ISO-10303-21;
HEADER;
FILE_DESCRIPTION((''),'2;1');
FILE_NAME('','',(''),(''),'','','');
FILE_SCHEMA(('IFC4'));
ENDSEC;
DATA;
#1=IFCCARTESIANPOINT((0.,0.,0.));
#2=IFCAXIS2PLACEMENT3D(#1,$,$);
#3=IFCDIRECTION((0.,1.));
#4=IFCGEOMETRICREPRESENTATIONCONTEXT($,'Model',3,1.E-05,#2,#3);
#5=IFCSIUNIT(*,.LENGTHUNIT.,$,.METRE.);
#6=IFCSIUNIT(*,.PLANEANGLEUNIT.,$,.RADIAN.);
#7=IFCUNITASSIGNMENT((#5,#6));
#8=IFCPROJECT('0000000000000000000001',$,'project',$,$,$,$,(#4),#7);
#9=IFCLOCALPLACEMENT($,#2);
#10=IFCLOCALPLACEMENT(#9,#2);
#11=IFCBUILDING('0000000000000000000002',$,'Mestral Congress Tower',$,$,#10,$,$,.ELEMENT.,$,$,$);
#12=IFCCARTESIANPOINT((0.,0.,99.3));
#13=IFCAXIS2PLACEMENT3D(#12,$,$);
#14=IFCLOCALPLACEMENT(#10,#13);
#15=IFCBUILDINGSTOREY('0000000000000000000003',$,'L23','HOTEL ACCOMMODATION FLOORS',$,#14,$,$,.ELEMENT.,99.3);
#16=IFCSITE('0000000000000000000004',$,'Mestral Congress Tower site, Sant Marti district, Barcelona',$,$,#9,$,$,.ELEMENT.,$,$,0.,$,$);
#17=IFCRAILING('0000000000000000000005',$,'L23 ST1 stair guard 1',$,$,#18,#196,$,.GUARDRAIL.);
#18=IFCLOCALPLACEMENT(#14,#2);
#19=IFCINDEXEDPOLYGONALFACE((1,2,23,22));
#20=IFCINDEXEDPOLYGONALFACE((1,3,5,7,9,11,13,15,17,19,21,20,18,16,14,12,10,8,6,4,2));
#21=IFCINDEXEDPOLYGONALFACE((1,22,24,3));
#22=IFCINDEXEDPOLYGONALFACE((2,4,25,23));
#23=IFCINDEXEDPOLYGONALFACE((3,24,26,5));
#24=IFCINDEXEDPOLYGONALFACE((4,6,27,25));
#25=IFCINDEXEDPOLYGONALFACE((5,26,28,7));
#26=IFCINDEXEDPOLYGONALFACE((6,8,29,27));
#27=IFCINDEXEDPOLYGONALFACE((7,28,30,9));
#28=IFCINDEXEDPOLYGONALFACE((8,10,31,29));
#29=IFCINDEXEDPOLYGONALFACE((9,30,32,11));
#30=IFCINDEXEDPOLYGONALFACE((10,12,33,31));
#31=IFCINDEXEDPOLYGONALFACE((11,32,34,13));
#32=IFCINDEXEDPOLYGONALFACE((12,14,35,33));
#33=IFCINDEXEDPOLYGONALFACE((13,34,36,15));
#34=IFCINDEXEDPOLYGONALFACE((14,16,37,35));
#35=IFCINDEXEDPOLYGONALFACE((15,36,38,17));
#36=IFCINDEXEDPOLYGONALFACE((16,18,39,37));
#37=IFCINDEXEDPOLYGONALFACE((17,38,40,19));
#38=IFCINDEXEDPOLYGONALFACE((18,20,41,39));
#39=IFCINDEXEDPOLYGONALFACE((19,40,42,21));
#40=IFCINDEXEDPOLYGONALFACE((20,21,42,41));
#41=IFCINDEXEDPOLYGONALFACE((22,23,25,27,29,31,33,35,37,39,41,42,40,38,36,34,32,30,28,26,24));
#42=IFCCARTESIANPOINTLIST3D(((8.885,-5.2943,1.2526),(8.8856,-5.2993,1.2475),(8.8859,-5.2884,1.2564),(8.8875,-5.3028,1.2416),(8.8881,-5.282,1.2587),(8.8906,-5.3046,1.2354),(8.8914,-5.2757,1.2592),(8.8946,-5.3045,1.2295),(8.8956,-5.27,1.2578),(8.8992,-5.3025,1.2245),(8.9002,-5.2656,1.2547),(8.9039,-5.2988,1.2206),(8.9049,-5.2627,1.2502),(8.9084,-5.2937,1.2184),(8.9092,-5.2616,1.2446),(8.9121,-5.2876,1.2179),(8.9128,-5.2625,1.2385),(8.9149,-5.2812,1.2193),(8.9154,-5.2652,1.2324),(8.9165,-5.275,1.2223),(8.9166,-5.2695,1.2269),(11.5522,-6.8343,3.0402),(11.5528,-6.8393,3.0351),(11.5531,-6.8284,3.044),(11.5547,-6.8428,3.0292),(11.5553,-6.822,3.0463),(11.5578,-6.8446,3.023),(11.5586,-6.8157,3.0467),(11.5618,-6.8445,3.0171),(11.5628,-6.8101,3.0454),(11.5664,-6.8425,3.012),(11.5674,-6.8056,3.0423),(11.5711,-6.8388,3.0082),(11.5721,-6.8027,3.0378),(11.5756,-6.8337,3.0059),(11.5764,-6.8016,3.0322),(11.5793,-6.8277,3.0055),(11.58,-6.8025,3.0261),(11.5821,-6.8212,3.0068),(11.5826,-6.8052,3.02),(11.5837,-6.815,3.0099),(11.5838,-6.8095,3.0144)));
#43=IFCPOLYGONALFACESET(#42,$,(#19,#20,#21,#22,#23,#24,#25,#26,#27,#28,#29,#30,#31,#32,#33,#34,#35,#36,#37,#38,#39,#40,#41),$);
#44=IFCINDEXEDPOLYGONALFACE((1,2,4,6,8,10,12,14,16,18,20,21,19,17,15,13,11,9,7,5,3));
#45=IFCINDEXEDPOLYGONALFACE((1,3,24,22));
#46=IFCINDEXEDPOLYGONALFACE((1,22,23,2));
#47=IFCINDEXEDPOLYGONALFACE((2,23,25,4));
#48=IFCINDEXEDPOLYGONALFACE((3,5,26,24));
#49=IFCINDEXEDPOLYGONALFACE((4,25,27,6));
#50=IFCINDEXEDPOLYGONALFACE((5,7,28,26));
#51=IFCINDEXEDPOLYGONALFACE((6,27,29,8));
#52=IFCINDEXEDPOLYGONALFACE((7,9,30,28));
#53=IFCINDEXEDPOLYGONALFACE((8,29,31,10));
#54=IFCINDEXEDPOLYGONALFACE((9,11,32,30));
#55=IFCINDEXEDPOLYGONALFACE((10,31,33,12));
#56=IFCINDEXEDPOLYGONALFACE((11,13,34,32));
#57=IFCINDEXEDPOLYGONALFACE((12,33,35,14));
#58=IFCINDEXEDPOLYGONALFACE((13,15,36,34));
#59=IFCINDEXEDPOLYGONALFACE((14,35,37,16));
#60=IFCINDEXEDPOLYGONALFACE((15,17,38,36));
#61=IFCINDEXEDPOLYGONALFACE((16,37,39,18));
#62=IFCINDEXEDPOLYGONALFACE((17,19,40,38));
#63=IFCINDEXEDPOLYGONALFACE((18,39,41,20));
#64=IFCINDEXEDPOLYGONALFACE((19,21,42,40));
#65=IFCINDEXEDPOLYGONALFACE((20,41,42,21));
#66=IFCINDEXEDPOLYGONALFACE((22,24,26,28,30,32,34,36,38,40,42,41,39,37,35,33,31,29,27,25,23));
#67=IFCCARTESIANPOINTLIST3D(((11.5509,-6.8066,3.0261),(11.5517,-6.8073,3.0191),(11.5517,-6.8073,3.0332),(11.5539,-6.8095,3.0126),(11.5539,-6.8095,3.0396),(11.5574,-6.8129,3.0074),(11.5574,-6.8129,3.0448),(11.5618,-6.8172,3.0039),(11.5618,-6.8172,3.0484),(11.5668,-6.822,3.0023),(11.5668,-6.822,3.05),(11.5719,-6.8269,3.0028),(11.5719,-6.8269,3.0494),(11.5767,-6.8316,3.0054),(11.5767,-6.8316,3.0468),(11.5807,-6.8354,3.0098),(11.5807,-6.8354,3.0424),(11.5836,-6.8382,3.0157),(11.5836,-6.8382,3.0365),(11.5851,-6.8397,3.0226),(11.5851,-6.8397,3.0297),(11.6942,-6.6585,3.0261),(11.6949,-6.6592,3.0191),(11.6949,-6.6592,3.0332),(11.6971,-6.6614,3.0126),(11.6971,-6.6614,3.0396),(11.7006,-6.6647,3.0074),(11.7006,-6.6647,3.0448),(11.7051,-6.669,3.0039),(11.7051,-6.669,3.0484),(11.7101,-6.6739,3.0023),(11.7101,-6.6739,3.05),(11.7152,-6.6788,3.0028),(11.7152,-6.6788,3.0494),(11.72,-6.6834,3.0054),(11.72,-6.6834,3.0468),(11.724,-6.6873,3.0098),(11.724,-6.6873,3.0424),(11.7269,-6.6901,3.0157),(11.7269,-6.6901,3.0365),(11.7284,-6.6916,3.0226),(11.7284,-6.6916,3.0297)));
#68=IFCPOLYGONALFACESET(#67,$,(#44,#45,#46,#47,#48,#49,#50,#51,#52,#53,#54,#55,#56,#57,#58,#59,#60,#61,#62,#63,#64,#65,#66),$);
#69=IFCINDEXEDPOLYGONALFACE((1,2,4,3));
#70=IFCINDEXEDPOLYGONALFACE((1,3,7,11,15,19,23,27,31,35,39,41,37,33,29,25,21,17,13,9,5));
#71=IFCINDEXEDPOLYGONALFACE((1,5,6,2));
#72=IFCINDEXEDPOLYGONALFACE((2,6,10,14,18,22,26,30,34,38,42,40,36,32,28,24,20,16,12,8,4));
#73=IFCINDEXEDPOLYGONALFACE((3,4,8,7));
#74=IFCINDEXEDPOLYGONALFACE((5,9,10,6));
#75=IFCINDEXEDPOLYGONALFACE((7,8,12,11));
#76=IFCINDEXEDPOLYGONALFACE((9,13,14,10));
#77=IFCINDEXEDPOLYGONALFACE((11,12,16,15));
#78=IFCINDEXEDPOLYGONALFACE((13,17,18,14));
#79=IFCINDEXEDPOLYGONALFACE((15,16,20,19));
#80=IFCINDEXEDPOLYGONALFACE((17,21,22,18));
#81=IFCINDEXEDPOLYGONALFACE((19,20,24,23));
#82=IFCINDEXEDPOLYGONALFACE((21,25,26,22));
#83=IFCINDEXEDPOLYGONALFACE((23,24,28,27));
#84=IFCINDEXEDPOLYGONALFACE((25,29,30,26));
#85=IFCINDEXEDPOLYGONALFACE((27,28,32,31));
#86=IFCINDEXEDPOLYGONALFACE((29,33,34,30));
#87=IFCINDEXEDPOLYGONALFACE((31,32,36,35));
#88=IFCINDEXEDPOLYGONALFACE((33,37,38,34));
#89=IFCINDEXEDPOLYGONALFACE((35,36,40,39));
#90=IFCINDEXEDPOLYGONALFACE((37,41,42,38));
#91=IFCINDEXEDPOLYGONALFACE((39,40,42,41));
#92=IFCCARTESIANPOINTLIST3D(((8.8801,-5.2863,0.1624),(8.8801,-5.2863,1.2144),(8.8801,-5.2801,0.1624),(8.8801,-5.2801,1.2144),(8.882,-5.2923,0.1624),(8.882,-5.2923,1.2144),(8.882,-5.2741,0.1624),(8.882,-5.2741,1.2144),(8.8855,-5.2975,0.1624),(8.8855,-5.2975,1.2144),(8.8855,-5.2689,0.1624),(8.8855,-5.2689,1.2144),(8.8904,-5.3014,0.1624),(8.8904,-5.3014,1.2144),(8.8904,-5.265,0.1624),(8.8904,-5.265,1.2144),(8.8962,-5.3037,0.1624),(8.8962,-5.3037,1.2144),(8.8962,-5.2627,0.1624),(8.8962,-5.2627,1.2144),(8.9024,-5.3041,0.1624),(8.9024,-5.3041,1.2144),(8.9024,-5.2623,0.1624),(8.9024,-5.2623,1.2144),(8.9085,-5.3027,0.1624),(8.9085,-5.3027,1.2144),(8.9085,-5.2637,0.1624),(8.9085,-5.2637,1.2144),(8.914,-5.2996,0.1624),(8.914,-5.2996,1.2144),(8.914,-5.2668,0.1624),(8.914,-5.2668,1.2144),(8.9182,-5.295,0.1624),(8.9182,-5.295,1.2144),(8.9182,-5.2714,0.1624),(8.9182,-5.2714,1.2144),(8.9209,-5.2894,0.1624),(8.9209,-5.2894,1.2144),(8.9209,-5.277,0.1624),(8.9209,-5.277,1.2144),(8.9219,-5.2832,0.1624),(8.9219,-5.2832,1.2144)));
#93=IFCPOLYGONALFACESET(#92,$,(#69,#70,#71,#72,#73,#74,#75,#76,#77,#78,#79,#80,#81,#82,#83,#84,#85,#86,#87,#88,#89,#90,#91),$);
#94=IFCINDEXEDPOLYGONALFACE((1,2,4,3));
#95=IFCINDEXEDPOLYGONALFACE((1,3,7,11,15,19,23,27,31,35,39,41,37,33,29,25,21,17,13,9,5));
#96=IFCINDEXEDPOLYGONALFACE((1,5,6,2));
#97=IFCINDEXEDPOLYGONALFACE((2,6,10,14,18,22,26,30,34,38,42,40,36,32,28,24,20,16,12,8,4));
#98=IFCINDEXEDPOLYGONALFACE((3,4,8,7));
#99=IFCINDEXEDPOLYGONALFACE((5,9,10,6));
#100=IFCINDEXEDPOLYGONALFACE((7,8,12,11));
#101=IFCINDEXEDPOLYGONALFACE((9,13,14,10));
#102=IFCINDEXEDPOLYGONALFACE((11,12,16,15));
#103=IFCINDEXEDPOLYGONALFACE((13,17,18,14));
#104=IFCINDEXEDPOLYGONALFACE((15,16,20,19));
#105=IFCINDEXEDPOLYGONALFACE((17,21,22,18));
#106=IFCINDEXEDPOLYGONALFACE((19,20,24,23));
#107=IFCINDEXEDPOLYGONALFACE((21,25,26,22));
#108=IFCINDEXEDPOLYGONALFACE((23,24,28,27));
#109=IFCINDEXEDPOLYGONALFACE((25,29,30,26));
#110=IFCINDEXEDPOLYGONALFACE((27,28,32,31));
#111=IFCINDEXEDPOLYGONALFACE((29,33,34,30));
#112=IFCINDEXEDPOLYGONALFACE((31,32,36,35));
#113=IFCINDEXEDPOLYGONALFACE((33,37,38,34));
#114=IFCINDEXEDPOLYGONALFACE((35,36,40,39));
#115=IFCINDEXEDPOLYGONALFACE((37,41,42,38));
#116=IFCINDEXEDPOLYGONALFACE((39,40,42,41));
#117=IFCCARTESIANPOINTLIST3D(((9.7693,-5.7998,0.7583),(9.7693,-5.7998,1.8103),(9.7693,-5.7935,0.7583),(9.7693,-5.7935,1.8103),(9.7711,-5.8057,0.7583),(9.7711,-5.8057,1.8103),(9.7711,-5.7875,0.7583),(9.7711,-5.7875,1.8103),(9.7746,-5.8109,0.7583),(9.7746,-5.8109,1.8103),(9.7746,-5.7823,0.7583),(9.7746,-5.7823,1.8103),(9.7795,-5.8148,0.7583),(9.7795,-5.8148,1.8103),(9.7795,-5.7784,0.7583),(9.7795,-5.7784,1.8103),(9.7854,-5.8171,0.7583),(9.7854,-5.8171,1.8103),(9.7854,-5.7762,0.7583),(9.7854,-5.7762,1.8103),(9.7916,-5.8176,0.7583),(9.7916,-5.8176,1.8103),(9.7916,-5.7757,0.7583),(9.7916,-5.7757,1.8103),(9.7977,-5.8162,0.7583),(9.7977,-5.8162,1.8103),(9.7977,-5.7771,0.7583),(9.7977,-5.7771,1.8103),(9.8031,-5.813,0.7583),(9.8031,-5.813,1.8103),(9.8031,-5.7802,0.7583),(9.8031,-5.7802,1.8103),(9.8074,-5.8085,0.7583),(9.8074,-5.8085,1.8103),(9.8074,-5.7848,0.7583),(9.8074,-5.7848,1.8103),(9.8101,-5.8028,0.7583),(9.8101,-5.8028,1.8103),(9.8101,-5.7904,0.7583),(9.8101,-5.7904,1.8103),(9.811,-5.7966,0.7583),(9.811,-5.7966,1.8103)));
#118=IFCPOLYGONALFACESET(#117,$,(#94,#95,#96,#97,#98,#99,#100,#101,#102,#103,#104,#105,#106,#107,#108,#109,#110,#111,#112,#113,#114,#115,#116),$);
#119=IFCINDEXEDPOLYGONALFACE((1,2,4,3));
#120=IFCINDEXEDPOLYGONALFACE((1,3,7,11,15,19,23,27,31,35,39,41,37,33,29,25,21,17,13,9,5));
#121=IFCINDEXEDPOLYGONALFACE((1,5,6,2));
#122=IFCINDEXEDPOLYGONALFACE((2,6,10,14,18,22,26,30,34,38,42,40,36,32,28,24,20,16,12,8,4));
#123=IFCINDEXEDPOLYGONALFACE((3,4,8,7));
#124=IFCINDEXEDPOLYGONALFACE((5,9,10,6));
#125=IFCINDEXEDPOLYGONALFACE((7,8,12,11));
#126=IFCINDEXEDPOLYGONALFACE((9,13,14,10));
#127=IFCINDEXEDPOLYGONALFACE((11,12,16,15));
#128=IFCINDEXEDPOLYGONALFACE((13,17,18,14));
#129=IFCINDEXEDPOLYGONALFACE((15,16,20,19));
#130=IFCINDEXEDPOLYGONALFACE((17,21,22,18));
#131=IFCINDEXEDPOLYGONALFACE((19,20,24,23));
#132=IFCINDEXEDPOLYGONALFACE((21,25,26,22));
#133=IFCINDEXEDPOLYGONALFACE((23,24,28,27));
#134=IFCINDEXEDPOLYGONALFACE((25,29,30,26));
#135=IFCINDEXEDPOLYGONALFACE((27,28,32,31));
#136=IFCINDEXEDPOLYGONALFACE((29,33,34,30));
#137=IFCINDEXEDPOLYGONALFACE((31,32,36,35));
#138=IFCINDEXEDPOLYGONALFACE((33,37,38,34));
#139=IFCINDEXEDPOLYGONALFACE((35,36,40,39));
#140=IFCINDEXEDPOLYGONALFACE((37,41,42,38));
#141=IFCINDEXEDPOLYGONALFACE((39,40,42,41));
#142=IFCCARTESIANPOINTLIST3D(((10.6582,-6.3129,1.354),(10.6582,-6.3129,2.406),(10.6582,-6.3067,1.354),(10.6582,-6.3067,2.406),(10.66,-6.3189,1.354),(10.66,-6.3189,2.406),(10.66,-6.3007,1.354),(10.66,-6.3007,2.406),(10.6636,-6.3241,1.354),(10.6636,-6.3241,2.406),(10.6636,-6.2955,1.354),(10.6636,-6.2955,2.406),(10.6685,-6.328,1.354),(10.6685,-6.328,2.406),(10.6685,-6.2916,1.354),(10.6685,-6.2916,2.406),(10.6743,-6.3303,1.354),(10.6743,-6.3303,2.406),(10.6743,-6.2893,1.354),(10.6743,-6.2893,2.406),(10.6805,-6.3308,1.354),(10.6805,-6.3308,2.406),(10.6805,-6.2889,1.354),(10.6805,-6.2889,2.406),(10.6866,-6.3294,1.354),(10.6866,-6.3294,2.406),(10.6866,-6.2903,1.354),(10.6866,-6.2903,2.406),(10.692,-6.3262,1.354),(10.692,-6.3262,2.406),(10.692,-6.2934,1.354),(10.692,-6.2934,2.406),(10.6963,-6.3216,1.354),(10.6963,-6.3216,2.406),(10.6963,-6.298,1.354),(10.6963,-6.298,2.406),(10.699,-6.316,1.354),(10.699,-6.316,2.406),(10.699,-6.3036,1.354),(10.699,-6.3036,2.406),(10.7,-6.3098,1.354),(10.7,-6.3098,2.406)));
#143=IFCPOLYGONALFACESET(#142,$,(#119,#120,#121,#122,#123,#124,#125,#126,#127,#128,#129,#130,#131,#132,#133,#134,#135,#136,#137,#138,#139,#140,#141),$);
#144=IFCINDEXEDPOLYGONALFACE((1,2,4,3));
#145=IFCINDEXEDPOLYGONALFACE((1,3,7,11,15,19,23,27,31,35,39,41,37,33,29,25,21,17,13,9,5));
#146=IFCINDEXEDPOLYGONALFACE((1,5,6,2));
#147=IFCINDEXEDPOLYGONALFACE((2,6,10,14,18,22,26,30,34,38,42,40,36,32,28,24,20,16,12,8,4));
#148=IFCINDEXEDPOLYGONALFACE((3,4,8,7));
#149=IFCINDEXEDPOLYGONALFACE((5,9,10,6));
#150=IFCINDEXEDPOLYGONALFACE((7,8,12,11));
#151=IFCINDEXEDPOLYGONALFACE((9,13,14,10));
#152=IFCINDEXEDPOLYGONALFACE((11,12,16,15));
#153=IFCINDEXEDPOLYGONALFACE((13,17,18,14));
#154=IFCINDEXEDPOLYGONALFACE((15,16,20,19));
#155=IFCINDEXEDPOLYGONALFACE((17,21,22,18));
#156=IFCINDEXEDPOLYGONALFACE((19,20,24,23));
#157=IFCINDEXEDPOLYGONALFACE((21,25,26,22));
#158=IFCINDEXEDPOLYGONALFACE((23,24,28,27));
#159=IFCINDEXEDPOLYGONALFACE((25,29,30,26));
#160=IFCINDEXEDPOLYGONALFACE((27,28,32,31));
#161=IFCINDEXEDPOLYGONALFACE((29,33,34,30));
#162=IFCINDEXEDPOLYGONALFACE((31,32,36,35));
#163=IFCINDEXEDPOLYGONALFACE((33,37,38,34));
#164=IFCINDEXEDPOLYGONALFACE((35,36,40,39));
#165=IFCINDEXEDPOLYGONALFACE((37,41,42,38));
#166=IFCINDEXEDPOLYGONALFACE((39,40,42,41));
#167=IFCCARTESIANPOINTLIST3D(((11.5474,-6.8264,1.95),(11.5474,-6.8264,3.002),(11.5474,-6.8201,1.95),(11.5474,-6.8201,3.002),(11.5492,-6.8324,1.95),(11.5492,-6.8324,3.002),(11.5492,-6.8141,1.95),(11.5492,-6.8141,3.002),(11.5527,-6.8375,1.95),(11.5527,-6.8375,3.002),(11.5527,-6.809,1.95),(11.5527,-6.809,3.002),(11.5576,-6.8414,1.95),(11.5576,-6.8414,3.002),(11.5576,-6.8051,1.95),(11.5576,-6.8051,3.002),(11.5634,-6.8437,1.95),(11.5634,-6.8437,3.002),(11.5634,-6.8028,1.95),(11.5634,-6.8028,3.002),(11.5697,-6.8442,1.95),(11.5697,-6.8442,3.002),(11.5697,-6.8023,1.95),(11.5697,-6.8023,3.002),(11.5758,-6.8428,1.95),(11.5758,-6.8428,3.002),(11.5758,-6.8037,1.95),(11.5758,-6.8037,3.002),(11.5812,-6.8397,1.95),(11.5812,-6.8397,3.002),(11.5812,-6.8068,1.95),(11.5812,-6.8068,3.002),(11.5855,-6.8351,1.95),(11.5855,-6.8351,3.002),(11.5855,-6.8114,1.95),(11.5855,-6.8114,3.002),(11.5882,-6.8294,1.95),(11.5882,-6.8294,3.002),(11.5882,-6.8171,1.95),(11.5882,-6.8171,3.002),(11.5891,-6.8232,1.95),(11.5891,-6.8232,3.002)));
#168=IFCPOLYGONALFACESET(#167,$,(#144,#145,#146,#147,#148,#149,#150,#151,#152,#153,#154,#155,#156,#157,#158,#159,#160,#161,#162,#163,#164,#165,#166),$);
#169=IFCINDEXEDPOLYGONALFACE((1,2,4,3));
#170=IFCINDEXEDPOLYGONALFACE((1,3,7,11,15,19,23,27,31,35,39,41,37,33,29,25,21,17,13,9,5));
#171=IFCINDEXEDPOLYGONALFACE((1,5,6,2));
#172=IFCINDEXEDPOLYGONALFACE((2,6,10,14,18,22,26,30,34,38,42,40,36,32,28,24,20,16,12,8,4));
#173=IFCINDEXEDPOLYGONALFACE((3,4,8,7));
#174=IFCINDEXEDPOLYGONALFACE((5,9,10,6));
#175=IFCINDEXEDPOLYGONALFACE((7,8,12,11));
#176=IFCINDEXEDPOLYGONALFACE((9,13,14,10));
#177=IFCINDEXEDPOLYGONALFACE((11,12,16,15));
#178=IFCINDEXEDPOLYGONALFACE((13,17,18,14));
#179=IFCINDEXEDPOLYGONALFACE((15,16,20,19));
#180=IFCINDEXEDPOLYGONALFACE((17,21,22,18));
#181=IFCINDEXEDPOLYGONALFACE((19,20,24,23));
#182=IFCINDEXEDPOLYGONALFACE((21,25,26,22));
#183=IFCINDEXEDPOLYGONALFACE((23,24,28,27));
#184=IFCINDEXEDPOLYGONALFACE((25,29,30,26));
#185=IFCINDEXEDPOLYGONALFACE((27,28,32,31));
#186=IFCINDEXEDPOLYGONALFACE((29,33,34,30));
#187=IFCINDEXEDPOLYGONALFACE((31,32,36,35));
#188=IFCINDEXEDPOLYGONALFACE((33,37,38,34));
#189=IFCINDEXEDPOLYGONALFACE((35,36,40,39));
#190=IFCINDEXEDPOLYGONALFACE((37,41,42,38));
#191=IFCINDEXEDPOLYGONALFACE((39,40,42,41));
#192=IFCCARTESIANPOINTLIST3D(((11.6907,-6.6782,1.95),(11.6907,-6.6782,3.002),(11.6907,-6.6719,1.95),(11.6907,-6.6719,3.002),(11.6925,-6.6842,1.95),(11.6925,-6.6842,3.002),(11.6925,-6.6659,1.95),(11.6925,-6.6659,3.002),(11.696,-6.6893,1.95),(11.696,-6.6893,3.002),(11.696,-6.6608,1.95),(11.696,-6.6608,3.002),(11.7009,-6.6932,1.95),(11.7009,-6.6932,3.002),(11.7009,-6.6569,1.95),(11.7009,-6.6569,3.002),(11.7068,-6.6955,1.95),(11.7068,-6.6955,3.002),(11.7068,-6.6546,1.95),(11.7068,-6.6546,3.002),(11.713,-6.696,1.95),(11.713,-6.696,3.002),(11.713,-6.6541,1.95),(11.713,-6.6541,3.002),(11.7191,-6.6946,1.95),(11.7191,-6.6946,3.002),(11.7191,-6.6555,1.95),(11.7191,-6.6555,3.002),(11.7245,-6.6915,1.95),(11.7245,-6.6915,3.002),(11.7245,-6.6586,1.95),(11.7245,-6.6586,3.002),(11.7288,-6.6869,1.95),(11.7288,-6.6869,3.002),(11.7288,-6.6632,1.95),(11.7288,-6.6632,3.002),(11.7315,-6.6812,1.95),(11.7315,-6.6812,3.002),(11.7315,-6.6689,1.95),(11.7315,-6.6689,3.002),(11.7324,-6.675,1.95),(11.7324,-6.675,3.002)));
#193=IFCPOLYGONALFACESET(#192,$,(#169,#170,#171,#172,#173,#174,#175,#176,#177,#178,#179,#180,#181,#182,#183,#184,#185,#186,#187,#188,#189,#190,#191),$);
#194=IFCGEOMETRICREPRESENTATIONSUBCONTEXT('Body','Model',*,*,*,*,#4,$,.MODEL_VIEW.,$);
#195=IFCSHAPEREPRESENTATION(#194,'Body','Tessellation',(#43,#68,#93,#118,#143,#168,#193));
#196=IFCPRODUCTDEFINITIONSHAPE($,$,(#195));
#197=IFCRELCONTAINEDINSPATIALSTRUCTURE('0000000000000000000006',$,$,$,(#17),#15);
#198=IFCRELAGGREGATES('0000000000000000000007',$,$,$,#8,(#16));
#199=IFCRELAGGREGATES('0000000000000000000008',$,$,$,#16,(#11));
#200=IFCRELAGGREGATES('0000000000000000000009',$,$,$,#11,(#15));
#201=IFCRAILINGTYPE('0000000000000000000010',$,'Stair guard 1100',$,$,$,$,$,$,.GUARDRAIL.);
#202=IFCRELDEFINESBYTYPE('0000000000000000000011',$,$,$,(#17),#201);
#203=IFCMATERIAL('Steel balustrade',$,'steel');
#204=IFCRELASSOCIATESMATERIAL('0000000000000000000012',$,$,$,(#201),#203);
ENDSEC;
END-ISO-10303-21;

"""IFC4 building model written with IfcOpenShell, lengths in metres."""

from ifc_helpers import new_model, si_unit, direction, frame, origin, origin_2d, place, context, subcontext, project, spatial, circle, extrude, material, type_object, element, save


model = new_model("IFC4")

# Units and contexts
model_context = context("Model", 3, precision=1e-05, world=origin(), true_north=direction((0.0, 1.0)))
body_context = subcontext(model_context, "Body", "Model", "MODEL_VIEW")
ifc_project = project(units=[si_unit("LENGTHUNIT", "METRE"), si_unit("PLANEANGLEUNIT", "RADIAN")], contexts=[model_context])

# Site, building, storey
site_placement = place(None, origin())
site = spatial("IfcSite", under=ifc_project, at=site_placement, Name="Mestral Congress Tower site, Sant Marti district, Barcelona", CompositionType="ELEMENT", RefElevation=0.0)
building_placement = place(site_placement, origin())
building = spatial("IfcBuilding", under=site, at=building_placement, Name="Mestral Congress Tower", CompositionType="ELEMENT")
storey_placement = place(building_placement, frame((0.0, 0.0, 99.3)))
storey = spatial("IfcBuildingStorey", under=building, at=storey_placement, Name="L23", Description="HOTEL ACCOMMODATION FLOORS", CompositionType="ELEMENT", Elevation=99.3)

# Railing
ifc_material_1 = material(Name="Steel balustrade", Category="steel")
railing_type_1 = type_object("IfcRailingType", Name="Stair guard 1100", PredefinedType="GUARDRAIL", material=ifc_material_1)
railing_1_placement = place(storey_placement, frame((8.9009, -5.2832, 0.1624)))
element("IfcRailing", 1, at=railing_1_placement, inside=storey, type_object=railing_type_1, Name="L23 ST1 stair guard 1", PredefinedType="GUARDRAIL", context=body_context, shape_type="SweptSolid", body=[
    extrude(circle(Radius=0.0239, at=origin_2d()), frame((0.0, 0.0, 1.0762), z_axis=(0.748994, -0.432463, 0.50198), x_axis=(0.500027, 0.86601, 0.0)), (0.0, 0.0, 1.0), 3.561),
    extrude(circle(Radius=0.0239, at=origin_2d()), frame((2.6672, -1.54, 2.8638), z_axis=(0.695165, 0.71885, 0.0), x_axis=(-0.71885, 0.695165, 0.0)), (0.0, 0.0, 1.0), 0.2061),
    extrude(circle(Radius=0.021, at=origin_2d()), origin(), (0.0, 0.0, 1.0), 1.052),
    extrude(circle(Radius=0.021, at=origin_2d()), frame((0.8892, -0.5134, 0.5959)), (0.0, 0.0, 1.0), 1.052),
    extrude(circle(Radius=0.021, at=origin_2d()), frame((1.7781, -1.0266, 1.1917)), (0.0, 0.0, 1.0), 1.052),
    extrude(circle(Radius=0.021, at=origin_2d()), frame((2.6672, -1.54, 1.7876)), (0.0, 0.0, 1.0), 1.052),
    extrude(circle(Radius=0.021, at=origin_2d()), frame((2.8105, -1.3918, 1.7876)), (0.0, 0.0, 1.0), 1.052),
])

save(model, "model.ifc")
